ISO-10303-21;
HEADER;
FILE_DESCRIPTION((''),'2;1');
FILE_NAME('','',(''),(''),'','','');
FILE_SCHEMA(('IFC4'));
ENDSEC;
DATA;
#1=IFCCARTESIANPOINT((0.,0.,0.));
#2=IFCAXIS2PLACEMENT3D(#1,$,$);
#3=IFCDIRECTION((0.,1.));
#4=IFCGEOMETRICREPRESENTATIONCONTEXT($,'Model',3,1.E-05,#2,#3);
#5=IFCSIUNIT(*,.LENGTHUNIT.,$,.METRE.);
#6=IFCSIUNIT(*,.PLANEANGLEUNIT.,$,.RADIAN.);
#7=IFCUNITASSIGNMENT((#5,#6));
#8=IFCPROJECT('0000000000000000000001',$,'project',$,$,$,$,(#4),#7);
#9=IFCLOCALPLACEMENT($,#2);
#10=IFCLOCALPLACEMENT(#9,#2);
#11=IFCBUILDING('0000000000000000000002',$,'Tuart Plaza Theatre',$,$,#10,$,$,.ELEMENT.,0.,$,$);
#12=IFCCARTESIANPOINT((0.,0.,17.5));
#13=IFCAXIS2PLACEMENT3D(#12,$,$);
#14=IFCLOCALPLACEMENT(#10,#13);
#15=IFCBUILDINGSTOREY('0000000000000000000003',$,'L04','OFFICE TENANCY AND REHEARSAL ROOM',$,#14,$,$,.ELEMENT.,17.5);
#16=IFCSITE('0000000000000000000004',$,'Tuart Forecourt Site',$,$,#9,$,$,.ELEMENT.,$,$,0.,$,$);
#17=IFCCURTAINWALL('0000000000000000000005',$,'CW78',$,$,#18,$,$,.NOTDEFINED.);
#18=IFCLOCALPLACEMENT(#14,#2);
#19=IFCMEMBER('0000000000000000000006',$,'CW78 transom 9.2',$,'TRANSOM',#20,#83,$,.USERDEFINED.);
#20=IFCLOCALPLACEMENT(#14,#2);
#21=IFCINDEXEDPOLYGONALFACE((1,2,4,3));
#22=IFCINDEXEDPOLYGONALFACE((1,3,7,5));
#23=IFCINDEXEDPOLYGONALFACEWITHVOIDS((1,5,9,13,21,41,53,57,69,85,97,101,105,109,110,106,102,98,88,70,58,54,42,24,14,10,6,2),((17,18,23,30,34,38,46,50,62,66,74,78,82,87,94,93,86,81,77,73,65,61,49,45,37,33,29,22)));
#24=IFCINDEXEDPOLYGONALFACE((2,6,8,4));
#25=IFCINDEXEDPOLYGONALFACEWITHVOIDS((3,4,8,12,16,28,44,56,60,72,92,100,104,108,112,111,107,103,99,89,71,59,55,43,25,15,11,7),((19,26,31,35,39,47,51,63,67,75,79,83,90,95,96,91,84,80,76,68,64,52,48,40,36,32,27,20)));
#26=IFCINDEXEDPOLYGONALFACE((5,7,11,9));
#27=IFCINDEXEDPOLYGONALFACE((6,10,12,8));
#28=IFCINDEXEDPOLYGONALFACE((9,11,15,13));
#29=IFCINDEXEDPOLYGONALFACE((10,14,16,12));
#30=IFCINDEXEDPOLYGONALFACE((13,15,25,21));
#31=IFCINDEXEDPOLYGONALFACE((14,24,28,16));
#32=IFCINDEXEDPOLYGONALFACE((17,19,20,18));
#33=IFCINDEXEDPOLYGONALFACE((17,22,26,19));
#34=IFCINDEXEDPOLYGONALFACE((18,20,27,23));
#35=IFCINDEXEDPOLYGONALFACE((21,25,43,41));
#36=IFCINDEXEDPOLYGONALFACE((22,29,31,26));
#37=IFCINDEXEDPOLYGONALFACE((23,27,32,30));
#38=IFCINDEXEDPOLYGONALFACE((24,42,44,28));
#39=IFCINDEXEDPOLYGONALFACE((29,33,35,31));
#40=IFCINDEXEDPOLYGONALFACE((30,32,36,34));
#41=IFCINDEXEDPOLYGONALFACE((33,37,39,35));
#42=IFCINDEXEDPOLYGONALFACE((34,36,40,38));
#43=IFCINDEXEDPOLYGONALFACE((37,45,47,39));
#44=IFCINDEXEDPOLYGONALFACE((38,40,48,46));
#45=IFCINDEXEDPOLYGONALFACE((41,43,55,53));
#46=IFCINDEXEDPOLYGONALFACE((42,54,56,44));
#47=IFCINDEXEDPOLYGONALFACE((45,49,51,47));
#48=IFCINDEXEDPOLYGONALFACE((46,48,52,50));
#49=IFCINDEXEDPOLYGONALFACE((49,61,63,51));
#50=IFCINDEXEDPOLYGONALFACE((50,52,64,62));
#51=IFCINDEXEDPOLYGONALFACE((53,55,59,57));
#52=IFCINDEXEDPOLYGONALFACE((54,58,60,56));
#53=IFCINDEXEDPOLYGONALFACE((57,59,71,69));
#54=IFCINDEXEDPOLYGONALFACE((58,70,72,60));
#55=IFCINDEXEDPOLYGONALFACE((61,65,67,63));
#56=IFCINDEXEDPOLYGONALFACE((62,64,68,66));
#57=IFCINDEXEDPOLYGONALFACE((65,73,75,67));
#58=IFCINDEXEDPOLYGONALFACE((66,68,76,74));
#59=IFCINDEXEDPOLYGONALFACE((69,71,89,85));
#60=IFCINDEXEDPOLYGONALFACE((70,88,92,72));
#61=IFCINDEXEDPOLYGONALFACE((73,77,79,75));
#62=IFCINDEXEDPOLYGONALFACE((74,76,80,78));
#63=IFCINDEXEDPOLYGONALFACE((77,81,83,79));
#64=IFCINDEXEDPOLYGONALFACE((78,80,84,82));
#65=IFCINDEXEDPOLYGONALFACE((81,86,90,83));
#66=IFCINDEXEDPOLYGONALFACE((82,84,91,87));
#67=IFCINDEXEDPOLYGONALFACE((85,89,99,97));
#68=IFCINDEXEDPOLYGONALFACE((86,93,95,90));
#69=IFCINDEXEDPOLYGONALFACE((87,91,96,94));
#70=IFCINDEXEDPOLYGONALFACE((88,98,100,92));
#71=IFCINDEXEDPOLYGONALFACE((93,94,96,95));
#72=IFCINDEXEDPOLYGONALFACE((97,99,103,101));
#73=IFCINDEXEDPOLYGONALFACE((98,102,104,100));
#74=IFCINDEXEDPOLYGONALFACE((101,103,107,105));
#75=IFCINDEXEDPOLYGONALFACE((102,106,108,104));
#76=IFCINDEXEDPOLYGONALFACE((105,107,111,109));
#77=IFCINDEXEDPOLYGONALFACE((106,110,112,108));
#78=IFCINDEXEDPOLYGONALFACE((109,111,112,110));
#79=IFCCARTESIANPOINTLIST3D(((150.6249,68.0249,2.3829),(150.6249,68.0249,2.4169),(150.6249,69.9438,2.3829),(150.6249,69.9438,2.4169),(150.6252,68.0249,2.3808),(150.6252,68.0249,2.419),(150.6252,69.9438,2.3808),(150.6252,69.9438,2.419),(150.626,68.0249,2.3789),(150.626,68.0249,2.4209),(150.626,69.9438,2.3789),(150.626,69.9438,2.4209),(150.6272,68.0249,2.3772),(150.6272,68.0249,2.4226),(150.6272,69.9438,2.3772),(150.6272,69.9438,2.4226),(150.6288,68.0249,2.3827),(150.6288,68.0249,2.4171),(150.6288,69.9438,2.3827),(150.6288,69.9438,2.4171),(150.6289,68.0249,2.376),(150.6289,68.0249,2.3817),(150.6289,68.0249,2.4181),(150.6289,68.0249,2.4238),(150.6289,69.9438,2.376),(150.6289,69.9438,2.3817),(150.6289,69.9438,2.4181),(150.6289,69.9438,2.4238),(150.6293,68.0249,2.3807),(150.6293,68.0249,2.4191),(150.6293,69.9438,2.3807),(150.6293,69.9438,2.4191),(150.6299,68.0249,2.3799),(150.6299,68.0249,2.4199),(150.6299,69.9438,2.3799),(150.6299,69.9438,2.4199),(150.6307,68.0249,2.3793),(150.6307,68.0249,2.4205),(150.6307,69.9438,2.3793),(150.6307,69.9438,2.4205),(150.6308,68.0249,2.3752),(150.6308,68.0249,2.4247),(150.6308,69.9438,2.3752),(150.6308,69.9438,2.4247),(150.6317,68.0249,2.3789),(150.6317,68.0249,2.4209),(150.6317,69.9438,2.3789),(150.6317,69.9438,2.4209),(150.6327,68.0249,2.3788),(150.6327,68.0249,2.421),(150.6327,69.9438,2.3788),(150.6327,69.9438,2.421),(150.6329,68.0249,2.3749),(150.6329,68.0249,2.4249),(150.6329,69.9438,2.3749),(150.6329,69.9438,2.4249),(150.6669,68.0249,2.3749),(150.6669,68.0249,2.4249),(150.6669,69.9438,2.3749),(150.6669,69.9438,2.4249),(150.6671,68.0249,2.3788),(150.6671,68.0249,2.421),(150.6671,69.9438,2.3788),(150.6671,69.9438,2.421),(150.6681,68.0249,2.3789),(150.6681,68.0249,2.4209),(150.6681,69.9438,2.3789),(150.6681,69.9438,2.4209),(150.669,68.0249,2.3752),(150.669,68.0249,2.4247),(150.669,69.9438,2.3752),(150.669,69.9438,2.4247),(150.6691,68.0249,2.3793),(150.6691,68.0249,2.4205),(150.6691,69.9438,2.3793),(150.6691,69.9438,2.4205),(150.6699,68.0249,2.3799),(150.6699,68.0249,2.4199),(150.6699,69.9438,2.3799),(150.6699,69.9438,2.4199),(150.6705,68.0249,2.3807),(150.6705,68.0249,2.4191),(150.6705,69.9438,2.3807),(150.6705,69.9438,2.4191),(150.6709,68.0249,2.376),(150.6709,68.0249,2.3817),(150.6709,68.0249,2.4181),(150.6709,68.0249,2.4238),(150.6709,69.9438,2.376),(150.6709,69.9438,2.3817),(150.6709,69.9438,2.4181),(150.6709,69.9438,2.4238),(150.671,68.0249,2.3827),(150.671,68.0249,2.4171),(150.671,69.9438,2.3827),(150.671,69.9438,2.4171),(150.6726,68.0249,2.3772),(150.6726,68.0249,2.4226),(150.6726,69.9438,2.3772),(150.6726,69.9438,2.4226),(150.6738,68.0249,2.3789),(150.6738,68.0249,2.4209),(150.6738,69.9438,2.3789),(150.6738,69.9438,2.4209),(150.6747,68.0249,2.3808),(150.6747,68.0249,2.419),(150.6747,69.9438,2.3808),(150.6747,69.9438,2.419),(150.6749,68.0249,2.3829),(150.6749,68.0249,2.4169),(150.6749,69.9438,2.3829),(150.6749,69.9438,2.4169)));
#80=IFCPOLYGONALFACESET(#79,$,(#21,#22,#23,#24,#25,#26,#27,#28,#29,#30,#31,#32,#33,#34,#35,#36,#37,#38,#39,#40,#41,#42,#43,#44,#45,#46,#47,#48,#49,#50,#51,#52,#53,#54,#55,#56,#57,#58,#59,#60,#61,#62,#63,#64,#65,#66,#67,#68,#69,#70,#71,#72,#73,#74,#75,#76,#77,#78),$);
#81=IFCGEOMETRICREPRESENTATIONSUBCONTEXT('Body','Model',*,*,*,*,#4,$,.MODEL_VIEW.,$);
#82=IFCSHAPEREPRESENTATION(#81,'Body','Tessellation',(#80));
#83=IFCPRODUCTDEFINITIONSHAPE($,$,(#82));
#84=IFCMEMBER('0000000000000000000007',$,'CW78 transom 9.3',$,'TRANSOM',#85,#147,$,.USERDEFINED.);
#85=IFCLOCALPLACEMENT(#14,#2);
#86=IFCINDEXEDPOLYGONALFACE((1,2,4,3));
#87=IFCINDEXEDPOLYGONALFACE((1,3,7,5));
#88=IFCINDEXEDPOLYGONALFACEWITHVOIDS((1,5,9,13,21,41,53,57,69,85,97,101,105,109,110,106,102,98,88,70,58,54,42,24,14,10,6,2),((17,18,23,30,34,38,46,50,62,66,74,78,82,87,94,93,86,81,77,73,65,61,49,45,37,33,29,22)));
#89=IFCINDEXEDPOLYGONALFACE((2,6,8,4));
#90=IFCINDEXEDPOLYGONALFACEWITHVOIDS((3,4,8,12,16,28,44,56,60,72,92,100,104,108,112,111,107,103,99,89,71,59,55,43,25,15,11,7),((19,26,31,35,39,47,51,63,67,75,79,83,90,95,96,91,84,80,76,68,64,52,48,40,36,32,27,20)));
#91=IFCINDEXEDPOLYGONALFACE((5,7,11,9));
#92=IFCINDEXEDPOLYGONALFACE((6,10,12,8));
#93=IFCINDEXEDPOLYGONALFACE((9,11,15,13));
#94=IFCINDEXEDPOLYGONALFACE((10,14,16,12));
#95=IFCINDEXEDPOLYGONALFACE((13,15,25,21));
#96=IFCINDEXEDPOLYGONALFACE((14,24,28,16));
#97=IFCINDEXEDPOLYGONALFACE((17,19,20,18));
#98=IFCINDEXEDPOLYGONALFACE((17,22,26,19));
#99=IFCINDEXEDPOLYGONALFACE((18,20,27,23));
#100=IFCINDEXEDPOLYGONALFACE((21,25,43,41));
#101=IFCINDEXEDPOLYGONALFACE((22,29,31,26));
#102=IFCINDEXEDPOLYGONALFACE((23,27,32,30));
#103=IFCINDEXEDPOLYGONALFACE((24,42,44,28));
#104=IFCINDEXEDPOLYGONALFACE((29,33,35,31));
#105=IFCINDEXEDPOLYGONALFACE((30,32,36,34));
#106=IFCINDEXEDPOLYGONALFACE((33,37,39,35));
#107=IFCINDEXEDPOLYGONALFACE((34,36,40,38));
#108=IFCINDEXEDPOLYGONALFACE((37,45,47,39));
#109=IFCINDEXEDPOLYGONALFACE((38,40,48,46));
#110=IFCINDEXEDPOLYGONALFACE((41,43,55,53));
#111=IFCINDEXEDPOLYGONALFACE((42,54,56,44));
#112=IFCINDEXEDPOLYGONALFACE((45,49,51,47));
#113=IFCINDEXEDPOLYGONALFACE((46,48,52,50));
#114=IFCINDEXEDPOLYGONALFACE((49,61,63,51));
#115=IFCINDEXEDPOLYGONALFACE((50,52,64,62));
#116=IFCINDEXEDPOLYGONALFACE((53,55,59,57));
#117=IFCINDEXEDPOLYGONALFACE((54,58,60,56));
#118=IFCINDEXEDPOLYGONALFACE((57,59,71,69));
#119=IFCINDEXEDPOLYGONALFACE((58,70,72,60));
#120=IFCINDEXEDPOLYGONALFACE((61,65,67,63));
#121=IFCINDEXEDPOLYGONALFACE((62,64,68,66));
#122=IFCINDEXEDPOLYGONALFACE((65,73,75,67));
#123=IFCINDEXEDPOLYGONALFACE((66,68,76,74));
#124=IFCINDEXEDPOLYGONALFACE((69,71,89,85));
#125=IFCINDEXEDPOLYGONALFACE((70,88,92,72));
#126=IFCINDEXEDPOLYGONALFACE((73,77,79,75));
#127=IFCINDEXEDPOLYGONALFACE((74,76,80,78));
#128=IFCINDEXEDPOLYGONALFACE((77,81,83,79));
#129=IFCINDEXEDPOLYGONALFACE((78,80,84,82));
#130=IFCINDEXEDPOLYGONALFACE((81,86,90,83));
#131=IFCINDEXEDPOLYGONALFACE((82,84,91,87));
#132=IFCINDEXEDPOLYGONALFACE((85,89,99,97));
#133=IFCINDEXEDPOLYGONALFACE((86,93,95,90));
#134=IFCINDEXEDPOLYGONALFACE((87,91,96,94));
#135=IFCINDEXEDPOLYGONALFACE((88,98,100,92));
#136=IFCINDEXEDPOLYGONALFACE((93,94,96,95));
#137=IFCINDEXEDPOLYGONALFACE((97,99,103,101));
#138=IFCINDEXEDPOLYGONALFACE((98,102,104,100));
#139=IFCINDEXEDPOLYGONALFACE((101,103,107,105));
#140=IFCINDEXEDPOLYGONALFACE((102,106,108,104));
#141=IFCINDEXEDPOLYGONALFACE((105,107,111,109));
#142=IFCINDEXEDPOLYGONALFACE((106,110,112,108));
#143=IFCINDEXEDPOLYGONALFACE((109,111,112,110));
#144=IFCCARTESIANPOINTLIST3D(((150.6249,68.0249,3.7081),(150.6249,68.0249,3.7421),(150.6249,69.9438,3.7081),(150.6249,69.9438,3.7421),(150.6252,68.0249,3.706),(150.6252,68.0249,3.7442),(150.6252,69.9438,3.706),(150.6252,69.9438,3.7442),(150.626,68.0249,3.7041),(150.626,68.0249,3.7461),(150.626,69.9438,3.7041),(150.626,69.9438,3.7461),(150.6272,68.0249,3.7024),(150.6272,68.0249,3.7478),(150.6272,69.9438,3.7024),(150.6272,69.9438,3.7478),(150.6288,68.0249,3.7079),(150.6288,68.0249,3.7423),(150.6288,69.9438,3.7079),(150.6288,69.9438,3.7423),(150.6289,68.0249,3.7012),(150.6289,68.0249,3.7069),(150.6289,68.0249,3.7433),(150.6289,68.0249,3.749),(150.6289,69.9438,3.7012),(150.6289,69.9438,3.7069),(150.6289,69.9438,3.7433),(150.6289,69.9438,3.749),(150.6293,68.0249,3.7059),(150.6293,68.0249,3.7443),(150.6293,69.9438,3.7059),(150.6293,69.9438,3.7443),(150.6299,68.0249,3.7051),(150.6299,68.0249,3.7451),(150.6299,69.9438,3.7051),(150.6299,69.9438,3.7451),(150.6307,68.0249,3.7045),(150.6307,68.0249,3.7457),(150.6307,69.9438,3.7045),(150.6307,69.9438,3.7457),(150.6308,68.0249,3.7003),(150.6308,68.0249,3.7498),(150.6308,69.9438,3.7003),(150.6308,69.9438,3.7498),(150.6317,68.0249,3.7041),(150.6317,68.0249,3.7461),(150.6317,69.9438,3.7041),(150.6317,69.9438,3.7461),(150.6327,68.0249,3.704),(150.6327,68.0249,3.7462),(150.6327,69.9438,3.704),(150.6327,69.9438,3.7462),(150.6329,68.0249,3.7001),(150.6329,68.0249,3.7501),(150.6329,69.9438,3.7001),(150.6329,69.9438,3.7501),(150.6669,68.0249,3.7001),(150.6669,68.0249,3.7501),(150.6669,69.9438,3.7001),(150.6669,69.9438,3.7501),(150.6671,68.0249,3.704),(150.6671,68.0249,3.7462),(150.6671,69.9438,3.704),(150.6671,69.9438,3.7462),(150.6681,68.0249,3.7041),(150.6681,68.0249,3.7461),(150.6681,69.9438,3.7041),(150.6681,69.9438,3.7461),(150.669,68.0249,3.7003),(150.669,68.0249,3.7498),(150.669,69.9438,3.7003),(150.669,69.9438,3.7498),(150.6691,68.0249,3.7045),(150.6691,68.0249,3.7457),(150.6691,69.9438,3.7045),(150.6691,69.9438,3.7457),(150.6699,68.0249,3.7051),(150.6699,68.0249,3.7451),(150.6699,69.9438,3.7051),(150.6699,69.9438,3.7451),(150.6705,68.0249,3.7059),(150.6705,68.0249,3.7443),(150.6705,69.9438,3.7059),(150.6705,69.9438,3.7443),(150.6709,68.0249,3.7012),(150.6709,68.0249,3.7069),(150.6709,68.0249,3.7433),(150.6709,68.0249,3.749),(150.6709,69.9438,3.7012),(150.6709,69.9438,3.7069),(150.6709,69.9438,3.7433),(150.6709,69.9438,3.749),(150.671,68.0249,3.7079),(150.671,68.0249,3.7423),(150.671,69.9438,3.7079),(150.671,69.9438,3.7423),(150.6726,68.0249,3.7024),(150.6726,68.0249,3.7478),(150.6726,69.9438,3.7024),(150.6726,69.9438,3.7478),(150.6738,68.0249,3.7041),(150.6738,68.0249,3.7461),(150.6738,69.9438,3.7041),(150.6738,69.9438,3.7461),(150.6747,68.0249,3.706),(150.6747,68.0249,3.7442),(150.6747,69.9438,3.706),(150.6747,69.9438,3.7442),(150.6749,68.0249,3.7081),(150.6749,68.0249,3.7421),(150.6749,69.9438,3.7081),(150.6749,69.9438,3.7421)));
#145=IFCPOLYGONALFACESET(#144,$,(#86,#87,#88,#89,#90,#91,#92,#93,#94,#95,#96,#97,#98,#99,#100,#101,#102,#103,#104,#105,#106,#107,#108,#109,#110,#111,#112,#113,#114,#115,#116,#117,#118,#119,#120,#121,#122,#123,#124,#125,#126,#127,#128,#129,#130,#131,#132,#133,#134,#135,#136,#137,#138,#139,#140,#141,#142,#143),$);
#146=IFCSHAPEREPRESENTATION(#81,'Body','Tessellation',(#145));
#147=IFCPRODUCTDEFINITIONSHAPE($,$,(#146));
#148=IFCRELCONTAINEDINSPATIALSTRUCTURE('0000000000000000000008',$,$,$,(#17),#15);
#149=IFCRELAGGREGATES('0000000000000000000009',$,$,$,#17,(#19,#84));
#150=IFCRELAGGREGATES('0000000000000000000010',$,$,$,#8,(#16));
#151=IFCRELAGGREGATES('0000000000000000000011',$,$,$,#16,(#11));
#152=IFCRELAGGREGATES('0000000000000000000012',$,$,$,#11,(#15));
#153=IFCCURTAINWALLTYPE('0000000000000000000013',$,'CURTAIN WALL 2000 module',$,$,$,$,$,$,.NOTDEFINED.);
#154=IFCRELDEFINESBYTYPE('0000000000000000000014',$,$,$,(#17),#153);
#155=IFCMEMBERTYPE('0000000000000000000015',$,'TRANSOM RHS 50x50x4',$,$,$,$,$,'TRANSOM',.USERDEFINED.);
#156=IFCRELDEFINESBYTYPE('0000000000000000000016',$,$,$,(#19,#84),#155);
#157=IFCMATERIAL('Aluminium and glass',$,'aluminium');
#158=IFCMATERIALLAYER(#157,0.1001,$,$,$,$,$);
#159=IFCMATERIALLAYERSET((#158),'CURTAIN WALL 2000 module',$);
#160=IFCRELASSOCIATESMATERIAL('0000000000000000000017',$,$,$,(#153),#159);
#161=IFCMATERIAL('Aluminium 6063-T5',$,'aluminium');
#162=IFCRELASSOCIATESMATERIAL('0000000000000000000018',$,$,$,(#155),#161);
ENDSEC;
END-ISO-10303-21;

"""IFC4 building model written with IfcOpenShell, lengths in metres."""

from ifc_helpers import new_model, si_unit, direction, frame, origin, origin_2d, place, context, subcontext, project, spatial, hollow_rectangle, extrude, material, layer, layer_set, material_profile, profile_set, type_object, element, aggregate, save


model = new_model("IFC4")

# Units and contexts
model_context = context("Model", 3, precision=1e-05, world=origin(), true_north=direction((0.0, 1.0)))
body_context = subcontext(model_context, "Body", "Model", "MODEL_VIEW")
ifc_project = project(units=[si_unit("LENGTHUNIT", "METRE"), si_unit("PLANEANGLEUNIT", "RADIAN")], contexts=[model_context])

# Site, building, storey
site_placement = place(None, origin())
site = spatial("IfcSite", under=ifc_project, at=site_placement, Name="Tuart Forecourt Site", CompositionType="ELEMENT", RefElevation=0.0)
building_placement = place(site_placement, origin())
building = spatial("IfcBuilding", under=site, at=building_placement, Name="Tuart Plaza Theatre", CompositionType="ELEMENT", ElevationOfRefHeight=0.0)
storey_placement = place(building_placement, frame((0.0, 0.0, 17.5)))
storey = spatial("IfcBuildingStorey", under=building, at=storey_placement, Name="L04", Description="OFFICE TENANCY AND REHEARSAL ROOM", CompositionType="ELEMENT", Elevation=17.5)

# Curtain wall, members
ifc_material_1 = material(Name="Aluminium and glass", Category="aluminium")
ifc_layer_1 = layer(ifc_material_1, 0.1001)
ifc_layer_set_1 = layer_set([ifc_layer_1], Name="CURTAIN WALL 2000 module")
curtain_wall_type = type_object("IfcCurtainWallType", Name="CURTAIN WALL 2000 module", PredefinedType="NOTDEFINED", material=ifc_layer_set_1)
curtain_wall_placement = place(storey_placement, origin())
curtain_wall = element("IfcCurtainWall", 1, at=curtain_wall_placement, inside=storey, type_object=curtain_wall_type, Name="CW78", PredefinedType="NOTDEFINED")
ifc_material_2 = material(Name="Aluminium 6063-T5", Category="aluminium")
ifc_material_profile_1 = material_profile(ifc_material_2, hollow_rectangle(XDim=0.05, YDim=0.05, WallThickness=0.0039, InnerFilletRadius=0.0039, OuterFilletRadius=0.0081, at=origin_2d()), Name="RHS 50x50x4")
ifc_profile_set_1 = profile_set([ifc_material_profile_1], Name="Aluminium 6063-T5")
member_type_1 = type_object("IfcMemberType", Name="TRANSOM RHS 50x50x4", ElementType="TRANSOM", PredefinedType="USERDEFINED", material=ifc_profile_set_1)
member_1_placement = place(storey_placement, frame((150.6499, 68.0249, 2.3999), z_axis=(0.0, 1.0, 0.0), x_axis=(-1.0, 0.0, 0.0)))
member_1 = element("IfcMember", 2, at=member_1_placement, type_object=member_type_1, Name="CW78 transom 9.2", ObjectType="TRANSOM", PredefinedType="USERDEFINED", context=body_context, shape_type="SweptSolid", body=[
    extrude(hollow_rectangle(XDim=0.05, YDim=0.05, WallThickness=0.0039, InnerFilletRadius=0.0039, OuterFilletRadius=0.0081, at=origin_2d()), origin(), (0.0, 0.0, 1.0), 1.9189),
])
member_2_placement = place(storey_placement, frame((150.6499, 68.0249, 3.7251), z_axis=(0.0, 1.0, 0.0), x_axis=(-1.0, 0.0, 0.0)))
member_2 = element("IfcMember", 3, at=member_2_placement, type_object=member_type_1, Name="CW78 transom 9.3", ObjectType="TRANSOM", PredefinedType="USERDEFINED", context=body_context, shape_type="SweptSolid", body=[
    extrude(hollow_rectangle(XDim=0.05, YDim=0.05, WallThickness=0.0039, InnerFilletRadius=0.0039, OuterFilletRadius=0.0081, at=origin_2d()), origin(), (0.0, 0.0, 1.0), 1.9189),
])
aggregate(curtain_wall, [member_1, member_2])

save(model, "model.ifc")
